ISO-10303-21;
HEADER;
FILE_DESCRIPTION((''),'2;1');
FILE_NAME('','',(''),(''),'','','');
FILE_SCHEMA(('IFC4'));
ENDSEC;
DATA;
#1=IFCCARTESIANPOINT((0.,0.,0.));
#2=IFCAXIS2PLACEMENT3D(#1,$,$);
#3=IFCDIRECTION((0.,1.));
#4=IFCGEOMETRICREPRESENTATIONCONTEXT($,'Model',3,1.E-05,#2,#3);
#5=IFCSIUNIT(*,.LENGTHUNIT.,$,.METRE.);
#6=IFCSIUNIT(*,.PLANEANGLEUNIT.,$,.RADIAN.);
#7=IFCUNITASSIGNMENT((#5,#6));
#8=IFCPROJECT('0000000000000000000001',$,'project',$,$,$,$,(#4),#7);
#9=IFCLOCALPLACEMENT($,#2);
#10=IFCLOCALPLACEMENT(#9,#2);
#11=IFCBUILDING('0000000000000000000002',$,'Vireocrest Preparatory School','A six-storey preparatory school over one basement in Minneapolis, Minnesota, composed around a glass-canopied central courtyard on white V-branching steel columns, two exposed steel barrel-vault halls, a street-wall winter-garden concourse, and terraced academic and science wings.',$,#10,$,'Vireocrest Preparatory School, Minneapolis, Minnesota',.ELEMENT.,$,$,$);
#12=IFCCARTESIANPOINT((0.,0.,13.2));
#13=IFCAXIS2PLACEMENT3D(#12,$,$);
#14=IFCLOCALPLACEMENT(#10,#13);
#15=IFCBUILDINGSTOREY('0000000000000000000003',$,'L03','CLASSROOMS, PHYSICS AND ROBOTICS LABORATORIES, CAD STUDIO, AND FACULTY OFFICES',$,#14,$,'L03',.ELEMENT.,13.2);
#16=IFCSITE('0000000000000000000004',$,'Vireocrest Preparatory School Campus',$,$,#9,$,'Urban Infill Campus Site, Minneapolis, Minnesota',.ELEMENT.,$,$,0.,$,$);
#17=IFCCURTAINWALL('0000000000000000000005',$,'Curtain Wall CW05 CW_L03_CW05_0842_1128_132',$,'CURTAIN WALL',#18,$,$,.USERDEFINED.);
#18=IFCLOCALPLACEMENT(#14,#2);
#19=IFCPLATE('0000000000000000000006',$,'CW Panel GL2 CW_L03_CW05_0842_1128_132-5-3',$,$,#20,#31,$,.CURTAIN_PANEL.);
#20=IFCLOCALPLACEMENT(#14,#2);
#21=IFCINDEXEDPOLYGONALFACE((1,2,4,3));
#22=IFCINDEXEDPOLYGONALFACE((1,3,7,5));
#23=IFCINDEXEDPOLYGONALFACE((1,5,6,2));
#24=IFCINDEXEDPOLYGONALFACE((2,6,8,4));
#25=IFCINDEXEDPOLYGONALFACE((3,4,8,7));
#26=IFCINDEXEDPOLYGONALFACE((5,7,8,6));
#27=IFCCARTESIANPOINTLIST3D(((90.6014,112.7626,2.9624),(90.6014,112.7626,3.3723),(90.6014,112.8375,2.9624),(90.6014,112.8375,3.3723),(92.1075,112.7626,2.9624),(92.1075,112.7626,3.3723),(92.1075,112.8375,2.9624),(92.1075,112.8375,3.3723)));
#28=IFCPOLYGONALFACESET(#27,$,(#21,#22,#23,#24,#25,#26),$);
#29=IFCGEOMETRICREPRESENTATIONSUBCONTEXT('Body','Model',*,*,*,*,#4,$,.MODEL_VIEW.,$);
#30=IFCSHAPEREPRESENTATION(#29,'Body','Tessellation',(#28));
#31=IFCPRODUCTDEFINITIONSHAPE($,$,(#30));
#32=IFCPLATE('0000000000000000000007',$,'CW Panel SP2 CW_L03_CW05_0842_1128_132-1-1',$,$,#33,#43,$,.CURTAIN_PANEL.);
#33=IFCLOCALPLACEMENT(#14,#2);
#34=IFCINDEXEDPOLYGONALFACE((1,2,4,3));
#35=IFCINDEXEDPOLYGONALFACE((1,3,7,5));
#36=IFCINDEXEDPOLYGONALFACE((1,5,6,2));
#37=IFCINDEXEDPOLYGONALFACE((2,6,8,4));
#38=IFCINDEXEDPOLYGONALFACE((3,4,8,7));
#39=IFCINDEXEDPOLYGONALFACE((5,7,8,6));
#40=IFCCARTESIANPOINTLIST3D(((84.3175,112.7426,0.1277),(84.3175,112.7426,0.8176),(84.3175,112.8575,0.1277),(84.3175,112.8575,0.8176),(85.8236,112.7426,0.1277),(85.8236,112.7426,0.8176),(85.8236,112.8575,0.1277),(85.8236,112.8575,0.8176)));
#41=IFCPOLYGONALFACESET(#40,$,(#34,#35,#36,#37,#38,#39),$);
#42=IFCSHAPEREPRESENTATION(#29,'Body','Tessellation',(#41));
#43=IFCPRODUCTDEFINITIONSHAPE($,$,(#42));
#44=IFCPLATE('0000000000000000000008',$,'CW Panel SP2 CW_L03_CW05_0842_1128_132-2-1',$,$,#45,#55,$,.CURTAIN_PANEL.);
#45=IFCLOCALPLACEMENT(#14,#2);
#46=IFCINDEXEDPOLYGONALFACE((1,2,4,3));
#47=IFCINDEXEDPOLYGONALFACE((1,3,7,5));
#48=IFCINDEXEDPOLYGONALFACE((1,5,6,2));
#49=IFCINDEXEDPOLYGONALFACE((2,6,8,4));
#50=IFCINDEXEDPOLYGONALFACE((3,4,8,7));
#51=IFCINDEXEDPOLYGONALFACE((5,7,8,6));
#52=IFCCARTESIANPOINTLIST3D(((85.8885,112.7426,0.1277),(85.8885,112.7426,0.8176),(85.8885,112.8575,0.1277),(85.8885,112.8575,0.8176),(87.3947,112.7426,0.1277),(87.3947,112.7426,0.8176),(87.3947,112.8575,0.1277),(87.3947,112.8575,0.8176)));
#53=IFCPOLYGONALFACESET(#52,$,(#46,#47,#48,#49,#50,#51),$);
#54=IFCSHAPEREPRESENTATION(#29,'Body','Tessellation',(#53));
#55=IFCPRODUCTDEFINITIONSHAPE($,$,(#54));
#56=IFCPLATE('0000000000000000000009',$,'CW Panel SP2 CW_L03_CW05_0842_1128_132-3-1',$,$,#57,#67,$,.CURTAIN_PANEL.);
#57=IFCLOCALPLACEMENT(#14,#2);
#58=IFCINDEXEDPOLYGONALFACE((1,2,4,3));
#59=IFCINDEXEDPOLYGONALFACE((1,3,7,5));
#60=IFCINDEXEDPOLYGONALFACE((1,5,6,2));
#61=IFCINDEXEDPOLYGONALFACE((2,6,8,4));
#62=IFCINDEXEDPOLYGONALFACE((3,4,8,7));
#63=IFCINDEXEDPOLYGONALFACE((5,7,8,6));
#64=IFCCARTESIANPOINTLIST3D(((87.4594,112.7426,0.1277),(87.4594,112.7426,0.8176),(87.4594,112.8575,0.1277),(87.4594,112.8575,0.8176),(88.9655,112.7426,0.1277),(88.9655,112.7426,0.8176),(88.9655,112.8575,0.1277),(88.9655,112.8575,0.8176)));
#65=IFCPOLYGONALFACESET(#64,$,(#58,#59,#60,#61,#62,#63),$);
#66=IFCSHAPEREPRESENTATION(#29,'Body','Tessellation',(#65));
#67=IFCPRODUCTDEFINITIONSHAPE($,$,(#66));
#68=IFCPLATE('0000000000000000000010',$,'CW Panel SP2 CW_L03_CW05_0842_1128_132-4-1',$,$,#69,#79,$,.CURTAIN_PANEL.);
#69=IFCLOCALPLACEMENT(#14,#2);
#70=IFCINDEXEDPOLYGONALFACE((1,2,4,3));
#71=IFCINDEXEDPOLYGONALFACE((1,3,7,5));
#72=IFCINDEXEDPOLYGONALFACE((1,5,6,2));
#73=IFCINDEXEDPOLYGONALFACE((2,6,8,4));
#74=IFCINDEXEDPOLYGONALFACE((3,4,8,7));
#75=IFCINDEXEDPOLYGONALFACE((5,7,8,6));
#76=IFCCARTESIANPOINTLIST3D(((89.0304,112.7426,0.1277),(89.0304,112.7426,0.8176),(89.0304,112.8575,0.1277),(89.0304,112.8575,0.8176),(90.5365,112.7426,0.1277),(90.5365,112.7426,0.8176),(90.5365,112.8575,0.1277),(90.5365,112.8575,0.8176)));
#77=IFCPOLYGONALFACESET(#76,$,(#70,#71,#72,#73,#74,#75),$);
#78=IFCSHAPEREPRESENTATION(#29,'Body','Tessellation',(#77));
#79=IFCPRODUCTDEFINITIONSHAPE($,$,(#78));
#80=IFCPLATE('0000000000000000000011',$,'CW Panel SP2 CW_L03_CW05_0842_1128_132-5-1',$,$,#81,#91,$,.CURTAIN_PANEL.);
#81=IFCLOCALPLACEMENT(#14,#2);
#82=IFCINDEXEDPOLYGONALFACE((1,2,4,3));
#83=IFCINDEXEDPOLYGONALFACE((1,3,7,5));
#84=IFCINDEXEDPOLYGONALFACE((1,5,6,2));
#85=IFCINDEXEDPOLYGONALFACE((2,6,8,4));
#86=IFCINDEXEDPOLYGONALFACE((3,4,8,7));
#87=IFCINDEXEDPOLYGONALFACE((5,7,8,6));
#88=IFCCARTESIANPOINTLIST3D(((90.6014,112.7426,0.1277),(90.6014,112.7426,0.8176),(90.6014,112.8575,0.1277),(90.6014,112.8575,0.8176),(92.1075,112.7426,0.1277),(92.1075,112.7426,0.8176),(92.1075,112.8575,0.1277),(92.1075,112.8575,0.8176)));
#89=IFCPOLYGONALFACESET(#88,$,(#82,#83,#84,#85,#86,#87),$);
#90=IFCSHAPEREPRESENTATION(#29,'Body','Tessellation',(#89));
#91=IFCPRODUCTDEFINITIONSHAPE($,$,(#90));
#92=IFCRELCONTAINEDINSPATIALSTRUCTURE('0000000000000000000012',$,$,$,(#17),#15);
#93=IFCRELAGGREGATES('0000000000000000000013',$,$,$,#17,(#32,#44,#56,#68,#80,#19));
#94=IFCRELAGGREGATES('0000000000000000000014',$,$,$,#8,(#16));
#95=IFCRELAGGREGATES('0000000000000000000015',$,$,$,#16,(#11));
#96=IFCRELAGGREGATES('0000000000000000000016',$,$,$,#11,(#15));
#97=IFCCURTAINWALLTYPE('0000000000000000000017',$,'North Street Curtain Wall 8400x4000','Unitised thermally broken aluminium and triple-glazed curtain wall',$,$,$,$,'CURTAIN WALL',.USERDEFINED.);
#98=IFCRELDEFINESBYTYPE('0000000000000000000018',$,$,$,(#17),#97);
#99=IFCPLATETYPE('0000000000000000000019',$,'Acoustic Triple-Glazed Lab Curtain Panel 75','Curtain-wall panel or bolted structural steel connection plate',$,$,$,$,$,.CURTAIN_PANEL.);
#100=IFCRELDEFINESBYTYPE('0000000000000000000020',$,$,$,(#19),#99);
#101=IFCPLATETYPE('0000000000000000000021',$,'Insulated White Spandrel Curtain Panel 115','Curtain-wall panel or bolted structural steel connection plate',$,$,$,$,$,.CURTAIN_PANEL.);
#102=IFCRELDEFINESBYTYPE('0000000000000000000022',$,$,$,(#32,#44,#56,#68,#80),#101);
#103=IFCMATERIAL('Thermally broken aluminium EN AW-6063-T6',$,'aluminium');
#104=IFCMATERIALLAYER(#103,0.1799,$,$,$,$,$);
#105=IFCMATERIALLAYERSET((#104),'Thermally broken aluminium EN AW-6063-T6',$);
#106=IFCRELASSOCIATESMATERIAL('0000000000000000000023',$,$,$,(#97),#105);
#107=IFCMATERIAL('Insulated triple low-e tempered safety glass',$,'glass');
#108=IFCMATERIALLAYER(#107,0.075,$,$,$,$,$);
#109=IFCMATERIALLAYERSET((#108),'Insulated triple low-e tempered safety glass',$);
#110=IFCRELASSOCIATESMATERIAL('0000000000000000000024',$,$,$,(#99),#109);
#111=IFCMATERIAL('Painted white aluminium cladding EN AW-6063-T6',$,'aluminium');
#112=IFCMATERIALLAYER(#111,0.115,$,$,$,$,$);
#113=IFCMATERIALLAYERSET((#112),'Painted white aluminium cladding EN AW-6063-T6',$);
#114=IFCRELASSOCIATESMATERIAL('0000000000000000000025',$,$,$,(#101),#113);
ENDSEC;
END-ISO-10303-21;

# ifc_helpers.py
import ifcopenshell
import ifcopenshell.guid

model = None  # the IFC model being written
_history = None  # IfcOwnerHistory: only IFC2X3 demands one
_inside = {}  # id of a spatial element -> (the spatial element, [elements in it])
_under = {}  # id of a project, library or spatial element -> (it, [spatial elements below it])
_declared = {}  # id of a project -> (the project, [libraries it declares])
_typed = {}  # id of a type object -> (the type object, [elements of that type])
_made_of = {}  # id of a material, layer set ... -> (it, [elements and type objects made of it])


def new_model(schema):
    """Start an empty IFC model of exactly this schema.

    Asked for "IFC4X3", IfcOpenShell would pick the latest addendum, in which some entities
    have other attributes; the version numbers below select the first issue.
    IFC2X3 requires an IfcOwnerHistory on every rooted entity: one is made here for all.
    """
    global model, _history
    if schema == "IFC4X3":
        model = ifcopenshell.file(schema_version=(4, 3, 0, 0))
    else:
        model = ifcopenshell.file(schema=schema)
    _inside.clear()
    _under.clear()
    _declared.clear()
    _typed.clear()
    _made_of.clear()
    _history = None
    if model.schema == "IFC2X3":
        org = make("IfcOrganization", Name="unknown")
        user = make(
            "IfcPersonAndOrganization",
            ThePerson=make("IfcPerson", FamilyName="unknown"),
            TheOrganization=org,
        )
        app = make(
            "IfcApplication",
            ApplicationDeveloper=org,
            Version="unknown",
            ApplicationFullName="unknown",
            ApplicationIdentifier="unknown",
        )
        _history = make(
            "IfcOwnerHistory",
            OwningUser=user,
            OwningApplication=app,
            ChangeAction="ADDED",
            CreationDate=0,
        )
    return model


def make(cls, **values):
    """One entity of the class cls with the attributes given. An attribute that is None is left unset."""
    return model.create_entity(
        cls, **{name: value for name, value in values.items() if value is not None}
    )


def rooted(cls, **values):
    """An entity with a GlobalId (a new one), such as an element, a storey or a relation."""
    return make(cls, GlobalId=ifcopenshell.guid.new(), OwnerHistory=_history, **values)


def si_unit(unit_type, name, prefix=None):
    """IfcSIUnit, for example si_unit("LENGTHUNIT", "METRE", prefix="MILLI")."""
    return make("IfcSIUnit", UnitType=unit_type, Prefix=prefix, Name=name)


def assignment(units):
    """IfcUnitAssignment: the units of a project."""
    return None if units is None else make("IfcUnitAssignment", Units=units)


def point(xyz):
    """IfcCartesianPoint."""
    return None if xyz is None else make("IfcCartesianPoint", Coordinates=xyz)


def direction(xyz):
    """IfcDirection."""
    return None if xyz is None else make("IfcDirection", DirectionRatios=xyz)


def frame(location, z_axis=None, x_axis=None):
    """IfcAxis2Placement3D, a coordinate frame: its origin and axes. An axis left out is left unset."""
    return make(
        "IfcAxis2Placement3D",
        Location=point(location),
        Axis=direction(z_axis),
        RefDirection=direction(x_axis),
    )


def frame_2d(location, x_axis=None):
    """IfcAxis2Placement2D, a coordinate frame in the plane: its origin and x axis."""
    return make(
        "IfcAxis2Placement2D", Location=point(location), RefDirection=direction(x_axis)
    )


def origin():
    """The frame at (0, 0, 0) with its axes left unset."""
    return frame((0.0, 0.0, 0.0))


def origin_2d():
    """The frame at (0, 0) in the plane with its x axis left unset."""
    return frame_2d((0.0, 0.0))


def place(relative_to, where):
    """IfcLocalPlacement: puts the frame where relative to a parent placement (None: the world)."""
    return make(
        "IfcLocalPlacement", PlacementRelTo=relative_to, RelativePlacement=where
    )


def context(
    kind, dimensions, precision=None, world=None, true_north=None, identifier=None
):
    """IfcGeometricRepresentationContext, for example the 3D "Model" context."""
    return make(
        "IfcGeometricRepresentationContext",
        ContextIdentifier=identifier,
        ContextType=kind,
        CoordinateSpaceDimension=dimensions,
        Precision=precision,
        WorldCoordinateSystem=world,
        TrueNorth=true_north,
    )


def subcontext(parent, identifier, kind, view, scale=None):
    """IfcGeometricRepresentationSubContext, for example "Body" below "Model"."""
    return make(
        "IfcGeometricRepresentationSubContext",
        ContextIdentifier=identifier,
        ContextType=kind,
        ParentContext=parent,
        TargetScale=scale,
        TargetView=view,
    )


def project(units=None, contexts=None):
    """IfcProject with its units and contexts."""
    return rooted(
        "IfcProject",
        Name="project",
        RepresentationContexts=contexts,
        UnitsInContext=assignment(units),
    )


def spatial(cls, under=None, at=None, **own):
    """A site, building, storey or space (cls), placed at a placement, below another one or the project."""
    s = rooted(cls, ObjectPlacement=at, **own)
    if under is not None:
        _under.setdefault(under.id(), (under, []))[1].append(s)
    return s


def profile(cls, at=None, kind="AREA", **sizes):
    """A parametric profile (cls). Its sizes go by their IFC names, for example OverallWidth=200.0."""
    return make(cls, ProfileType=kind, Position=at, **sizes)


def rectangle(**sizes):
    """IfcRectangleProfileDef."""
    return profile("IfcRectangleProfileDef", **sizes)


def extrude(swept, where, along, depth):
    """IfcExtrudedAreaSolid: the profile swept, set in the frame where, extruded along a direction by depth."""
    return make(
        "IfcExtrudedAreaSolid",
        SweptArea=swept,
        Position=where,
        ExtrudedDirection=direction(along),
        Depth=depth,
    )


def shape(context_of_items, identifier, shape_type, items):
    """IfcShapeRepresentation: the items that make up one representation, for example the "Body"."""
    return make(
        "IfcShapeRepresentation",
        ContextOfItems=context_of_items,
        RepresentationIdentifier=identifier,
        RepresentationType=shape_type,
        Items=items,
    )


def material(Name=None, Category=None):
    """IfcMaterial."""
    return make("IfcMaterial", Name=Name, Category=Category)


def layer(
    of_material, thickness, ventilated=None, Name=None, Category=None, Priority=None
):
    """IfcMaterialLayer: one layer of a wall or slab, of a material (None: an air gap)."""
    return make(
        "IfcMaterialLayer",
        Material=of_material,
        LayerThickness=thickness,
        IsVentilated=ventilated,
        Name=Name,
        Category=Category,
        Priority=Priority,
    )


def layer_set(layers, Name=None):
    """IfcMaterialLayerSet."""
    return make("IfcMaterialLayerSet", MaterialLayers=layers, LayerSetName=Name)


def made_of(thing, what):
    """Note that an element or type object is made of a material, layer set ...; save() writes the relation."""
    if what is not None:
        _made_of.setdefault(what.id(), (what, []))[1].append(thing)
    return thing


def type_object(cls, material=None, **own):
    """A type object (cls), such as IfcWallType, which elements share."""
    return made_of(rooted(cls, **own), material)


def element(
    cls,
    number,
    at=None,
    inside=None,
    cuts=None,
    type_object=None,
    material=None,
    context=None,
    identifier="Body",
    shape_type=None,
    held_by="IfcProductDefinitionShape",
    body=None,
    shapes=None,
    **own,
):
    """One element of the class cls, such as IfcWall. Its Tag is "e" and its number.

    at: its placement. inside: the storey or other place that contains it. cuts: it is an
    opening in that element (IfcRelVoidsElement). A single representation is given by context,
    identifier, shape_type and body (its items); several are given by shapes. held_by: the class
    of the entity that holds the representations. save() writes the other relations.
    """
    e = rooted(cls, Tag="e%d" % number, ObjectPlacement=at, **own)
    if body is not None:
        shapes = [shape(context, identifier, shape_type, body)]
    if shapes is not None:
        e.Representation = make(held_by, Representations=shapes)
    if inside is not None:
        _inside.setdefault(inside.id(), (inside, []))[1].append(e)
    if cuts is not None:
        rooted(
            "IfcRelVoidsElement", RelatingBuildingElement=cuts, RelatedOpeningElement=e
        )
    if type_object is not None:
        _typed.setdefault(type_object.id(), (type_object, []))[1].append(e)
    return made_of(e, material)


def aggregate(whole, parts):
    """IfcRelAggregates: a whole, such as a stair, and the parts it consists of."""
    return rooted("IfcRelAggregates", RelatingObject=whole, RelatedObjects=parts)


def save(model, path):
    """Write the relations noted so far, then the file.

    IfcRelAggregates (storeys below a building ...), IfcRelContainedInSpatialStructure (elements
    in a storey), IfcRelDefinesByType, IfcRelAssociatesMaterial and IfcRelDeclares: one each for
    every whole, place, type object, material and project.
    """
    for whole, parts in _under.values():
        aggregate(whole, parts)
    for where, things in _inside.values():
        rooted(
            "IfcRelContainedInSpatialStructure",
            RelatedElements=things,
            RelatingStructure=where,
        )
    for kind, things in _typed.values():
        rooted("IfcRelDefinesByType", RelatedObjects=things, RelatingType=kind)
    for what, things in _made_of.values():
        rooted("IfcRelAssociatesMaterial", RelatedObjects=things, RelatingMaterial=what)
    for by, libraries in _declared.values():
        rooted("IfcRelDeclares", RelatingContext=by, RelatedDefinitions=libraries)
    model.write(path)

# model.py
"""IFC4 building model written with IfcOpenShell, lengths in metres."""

from ifc_helpers import new_model, si_unit, direction, frame, origin, origin_2d, place, context, subcontext, project, spatial, rectangle, extrude, material, layer, layer_set, type_object, element, aggregate, save


model = new_model("IFC4")

# Units and contexts
model_context = context("Model", 3, precision=1e-05, world=origin(), true_north=direction((0.0, 1.0)))
body_context = subcontext(model_context, "Body", "Model", "MODEL_VIEW")
ifc_project = project(units=[si_unit("LENGTHUNIT", "METRE"), si_unit("PLANEANGLEUNIT", "RADIAN")], contexts=[model_context])

# Site, building, storey
site_placement = place(None, origin())
site = spatial("IfcSite", under=ifc_project, at=site_placement, Name="Vireocrest Preparatory School Campus", LongName="Urban Infill Campus Site, Minneapolis, Minnesota", CompositionType="ELEMENT", RefElevation=0.0)
building_placement = place(site_placement, origin())
building = spatial("IfcBuilding", under=site, at=building_placement, Name="Vireocrest Preparatory School", Description="A six-storey preparatory school over one basement in Minneapolis, Minnesota, composed around a glass-canopied central courtyard on white V-branching steel columns, two exposed steel barrel-vault halls, a street-wall winter-garden concourse, and terraced academic and science wings.", LongName="Vireocrest Preparatory School, Minneapolis, Minnesota", CompositionType="ELEMENT")
storey_placement = place(building_placement, frame((0.0, 0.0, 13.2)))
storey = spatial("IfcBuildingStorey", under=building, at=storey_placement, Name="L03", Description="CLASSROOMS, PHYSICS AND ROBOTICS LABORATORIES, CAD STUDIO, AND FACULTY OFFICES", LongName="L03", CompositionType="ELEMENT", Elevation=13.2)

# Curtain wall
ifc_material_1 = material(Name="Thermally broken aluminium EN AW-6063-T6", Category="aluminium")
ifc_layer_1 = layer(ifc_material_1, 0.1799)
ifc_layer_set_1 = layer_set([ifc_layer_1], Name="Thermally broken aluminium EN AW-6063-T6")
curtain_wall_type = type_object("IfcCurtainWallType", Name="North Street Curtain Wall 8400x4000", Description="Unitised thermally broken aluminium and triple-glazed curtain wall", ElementType="CURTAIN WALL", PredefinedType="USERDEFINED", material=ifc_layer_set_1)
curtain_wall_placement = place(storey_placement, origin())
curtain_wall = element("IfcCurtainWall", 1, at=curtain_wall_placement, inside=storey, type_object=curtain_wall_type, Name="Curtain Wall CW05 CW_L03_CW05_0842_1128_132", ObjectType="CURTAIN WALL", PredefinedType="USERDEFINED")

# Plates
ifc_material_2 = material(Name="Insulated triple low-e tempered safety glass", Category="glass")
ifc_layer_2 = layer(ifc_material_2, 0.075)
ifc_layer_set_2 = layer_set([ifc_layer_2], Name="Insulated triple low-e tempered safety glass")
plate_type_1 = type_object("IfcPlateType", Name="Acoustic Triple-Glazed Lab Curtain Panel 75", Description="Curtain-wall panel or bolted structural steel connection plate", PredefinedType="CURTAIN_PANEL", material=ifc_layer_set_2)
plate_1_placement = place(storey_placement, frame((91.3545, 112.8, 2.9624), z_axis=(0.0, 0.0, 1.0), x_axis=(1.0, 0.0, 0.0)))
plate_1 = element("IfcPlate", 2, at=plate_1_placement, type_object=plate_type_1, Name="CW Panel GL2 CW_L03_CW05_0842_1128_132-5-3", PredefinedType="CURTAIN_PANEL", context=body_context, shape_type="SweptSolid", body=[
    extrude(rectangle(XDim=1.5061, YDim=0.075, at=origin_2d()), origin(), (0.0, 0.0, 1.0), 0.4099),
])
ifc_material_3 = material(Name="Painted white aluminium cladding EN AW-6063-T6", Category="aluminium")
ifc_layer_3 = layer(ifc_material_3, 0.115)
ifc_layer_set_3 = layer_set([ifc_layer_3], Name="Painted white aluminium cladding EN AW-6063-T6")
plate_type_2 = type_object("IfcPlateType", Name="Insulated White Spandrel Curtain Panel 115", Description="Curtain-wall panel or bolted structural steel connection plate", PredefinedType="CURTAIN_PANEL", material=ifc_layer_set_3)
plate_2_placement = place(storey_placement, frame((85.0706, 112.8, 0.1277), z_axis=(0.0, 0.0, 1.0), x_axis=(1.0, 0.0, 0.0)))
plate_2 = element("IfcPlate", 3, at=plate_2_placement, type_object=plate_type_2, Name="CW Panel SP2 CW_L03_CW05_0842_1128_132-1-1", PredefinedType="CURTAIN_PANEL", context=body_context, shape_type="SweptSolid", body=[
    extrude(rectangle(XDim=1.5061, YDim=0.115, at=origin_2d()), origin(), (0.0, 0.0, 1.0), 0.6899),
])
plate_3_placement = place(storey_placement, frame((86.6416, 112.8, 0.1277), z_axis=(0.0, 0.0, 1.0), x_axis=(1.0, 0.0, 0.0)))
plate_3 = element("IfcPlate", 4, at=plate_3_placement, type_object=plate_type_2, Name="CW Panel SP2 CW_L03_CW05_0842_1128_132-2-1", PredefinedType="CURTAIN_PANEL", context=body_context, shape_type="SweptSolid", body=[
    extrude(rectangle(XDim=1.5061, YDim=0.115, at=origin_2d()), origin(), (0.0, 0.0, 1.0), 0.6899),
])
plate_4_placement = place(storey_placement, frame((88.2124, 112.8, 0.1277), z_axis=(0.0, 0.0, 1.0), x_axis=(1.0, 0.0, 0.0)))
plate_4 = element("IfcPlate", 5, at=plate_4_placement, type_object=plate_type_2, Name="CW Panel SP2 CW_L03_CW05_0842_1128_132-3-1", PredefinedType="CURTAIN_PANEL", context=body_context, shape_type="SweptSolid", body=[
    extrude(rectangle(XDim=1.5061, YDim=0.115, at=origin_2d()), origin(), (0.0, 0.0, 1.0), 0.6899),
])
plate_5_placement = place(storey_placement, frame((89.7834, 112.8, 0.1277), z_axis=(0.0, 0.0, 1.0), x_axis=(1.0, 0.0, 0.0)))
plate_5 = element("IfcPlate", 6, at=plate_5_placement, type_object=plate_type_2, Name="CW Panel SP2 CW_L03_CW05_0842_1128_132-4-1", PredefinedType="CURTAIN_PANEL", context=body_context, shape_type="SweptSolid", body=[
    extrude(rectangle(XDim=1.5061, YDim=0.115, at=origin_2d()), origin(), (0.0, 0.0, 1.0), 0.6899),
])
plate_6_placement = place(storey_placement, frame((91.3545, 112.8, 0.1277), z_axis=(0.0, 0.0, 1.0), x_axis=(1.0, 0.0, 0.0)))
plate_6 = element("IfcPlate", 7, at=plate_6_placement, type_object=plate_type_2, Name="CW Panel SP2 CW_L03_CW05_0842_1128_132-5-1", PredefinedType="CURTAIN_PANEL", context=body_context, shape_type="SweptSolid", body=[
    extrude(rectangle(XDim=1.5061, YDim=0.115, at=origin_2d()), origin(), (0.0, 0.0, 1.0), 0.6899),
])
aggregate(curtain_wall, [plate_2, plate_3, plate_4, plate_5, plate_6, plate_1])

save(model, "model.ifc")
